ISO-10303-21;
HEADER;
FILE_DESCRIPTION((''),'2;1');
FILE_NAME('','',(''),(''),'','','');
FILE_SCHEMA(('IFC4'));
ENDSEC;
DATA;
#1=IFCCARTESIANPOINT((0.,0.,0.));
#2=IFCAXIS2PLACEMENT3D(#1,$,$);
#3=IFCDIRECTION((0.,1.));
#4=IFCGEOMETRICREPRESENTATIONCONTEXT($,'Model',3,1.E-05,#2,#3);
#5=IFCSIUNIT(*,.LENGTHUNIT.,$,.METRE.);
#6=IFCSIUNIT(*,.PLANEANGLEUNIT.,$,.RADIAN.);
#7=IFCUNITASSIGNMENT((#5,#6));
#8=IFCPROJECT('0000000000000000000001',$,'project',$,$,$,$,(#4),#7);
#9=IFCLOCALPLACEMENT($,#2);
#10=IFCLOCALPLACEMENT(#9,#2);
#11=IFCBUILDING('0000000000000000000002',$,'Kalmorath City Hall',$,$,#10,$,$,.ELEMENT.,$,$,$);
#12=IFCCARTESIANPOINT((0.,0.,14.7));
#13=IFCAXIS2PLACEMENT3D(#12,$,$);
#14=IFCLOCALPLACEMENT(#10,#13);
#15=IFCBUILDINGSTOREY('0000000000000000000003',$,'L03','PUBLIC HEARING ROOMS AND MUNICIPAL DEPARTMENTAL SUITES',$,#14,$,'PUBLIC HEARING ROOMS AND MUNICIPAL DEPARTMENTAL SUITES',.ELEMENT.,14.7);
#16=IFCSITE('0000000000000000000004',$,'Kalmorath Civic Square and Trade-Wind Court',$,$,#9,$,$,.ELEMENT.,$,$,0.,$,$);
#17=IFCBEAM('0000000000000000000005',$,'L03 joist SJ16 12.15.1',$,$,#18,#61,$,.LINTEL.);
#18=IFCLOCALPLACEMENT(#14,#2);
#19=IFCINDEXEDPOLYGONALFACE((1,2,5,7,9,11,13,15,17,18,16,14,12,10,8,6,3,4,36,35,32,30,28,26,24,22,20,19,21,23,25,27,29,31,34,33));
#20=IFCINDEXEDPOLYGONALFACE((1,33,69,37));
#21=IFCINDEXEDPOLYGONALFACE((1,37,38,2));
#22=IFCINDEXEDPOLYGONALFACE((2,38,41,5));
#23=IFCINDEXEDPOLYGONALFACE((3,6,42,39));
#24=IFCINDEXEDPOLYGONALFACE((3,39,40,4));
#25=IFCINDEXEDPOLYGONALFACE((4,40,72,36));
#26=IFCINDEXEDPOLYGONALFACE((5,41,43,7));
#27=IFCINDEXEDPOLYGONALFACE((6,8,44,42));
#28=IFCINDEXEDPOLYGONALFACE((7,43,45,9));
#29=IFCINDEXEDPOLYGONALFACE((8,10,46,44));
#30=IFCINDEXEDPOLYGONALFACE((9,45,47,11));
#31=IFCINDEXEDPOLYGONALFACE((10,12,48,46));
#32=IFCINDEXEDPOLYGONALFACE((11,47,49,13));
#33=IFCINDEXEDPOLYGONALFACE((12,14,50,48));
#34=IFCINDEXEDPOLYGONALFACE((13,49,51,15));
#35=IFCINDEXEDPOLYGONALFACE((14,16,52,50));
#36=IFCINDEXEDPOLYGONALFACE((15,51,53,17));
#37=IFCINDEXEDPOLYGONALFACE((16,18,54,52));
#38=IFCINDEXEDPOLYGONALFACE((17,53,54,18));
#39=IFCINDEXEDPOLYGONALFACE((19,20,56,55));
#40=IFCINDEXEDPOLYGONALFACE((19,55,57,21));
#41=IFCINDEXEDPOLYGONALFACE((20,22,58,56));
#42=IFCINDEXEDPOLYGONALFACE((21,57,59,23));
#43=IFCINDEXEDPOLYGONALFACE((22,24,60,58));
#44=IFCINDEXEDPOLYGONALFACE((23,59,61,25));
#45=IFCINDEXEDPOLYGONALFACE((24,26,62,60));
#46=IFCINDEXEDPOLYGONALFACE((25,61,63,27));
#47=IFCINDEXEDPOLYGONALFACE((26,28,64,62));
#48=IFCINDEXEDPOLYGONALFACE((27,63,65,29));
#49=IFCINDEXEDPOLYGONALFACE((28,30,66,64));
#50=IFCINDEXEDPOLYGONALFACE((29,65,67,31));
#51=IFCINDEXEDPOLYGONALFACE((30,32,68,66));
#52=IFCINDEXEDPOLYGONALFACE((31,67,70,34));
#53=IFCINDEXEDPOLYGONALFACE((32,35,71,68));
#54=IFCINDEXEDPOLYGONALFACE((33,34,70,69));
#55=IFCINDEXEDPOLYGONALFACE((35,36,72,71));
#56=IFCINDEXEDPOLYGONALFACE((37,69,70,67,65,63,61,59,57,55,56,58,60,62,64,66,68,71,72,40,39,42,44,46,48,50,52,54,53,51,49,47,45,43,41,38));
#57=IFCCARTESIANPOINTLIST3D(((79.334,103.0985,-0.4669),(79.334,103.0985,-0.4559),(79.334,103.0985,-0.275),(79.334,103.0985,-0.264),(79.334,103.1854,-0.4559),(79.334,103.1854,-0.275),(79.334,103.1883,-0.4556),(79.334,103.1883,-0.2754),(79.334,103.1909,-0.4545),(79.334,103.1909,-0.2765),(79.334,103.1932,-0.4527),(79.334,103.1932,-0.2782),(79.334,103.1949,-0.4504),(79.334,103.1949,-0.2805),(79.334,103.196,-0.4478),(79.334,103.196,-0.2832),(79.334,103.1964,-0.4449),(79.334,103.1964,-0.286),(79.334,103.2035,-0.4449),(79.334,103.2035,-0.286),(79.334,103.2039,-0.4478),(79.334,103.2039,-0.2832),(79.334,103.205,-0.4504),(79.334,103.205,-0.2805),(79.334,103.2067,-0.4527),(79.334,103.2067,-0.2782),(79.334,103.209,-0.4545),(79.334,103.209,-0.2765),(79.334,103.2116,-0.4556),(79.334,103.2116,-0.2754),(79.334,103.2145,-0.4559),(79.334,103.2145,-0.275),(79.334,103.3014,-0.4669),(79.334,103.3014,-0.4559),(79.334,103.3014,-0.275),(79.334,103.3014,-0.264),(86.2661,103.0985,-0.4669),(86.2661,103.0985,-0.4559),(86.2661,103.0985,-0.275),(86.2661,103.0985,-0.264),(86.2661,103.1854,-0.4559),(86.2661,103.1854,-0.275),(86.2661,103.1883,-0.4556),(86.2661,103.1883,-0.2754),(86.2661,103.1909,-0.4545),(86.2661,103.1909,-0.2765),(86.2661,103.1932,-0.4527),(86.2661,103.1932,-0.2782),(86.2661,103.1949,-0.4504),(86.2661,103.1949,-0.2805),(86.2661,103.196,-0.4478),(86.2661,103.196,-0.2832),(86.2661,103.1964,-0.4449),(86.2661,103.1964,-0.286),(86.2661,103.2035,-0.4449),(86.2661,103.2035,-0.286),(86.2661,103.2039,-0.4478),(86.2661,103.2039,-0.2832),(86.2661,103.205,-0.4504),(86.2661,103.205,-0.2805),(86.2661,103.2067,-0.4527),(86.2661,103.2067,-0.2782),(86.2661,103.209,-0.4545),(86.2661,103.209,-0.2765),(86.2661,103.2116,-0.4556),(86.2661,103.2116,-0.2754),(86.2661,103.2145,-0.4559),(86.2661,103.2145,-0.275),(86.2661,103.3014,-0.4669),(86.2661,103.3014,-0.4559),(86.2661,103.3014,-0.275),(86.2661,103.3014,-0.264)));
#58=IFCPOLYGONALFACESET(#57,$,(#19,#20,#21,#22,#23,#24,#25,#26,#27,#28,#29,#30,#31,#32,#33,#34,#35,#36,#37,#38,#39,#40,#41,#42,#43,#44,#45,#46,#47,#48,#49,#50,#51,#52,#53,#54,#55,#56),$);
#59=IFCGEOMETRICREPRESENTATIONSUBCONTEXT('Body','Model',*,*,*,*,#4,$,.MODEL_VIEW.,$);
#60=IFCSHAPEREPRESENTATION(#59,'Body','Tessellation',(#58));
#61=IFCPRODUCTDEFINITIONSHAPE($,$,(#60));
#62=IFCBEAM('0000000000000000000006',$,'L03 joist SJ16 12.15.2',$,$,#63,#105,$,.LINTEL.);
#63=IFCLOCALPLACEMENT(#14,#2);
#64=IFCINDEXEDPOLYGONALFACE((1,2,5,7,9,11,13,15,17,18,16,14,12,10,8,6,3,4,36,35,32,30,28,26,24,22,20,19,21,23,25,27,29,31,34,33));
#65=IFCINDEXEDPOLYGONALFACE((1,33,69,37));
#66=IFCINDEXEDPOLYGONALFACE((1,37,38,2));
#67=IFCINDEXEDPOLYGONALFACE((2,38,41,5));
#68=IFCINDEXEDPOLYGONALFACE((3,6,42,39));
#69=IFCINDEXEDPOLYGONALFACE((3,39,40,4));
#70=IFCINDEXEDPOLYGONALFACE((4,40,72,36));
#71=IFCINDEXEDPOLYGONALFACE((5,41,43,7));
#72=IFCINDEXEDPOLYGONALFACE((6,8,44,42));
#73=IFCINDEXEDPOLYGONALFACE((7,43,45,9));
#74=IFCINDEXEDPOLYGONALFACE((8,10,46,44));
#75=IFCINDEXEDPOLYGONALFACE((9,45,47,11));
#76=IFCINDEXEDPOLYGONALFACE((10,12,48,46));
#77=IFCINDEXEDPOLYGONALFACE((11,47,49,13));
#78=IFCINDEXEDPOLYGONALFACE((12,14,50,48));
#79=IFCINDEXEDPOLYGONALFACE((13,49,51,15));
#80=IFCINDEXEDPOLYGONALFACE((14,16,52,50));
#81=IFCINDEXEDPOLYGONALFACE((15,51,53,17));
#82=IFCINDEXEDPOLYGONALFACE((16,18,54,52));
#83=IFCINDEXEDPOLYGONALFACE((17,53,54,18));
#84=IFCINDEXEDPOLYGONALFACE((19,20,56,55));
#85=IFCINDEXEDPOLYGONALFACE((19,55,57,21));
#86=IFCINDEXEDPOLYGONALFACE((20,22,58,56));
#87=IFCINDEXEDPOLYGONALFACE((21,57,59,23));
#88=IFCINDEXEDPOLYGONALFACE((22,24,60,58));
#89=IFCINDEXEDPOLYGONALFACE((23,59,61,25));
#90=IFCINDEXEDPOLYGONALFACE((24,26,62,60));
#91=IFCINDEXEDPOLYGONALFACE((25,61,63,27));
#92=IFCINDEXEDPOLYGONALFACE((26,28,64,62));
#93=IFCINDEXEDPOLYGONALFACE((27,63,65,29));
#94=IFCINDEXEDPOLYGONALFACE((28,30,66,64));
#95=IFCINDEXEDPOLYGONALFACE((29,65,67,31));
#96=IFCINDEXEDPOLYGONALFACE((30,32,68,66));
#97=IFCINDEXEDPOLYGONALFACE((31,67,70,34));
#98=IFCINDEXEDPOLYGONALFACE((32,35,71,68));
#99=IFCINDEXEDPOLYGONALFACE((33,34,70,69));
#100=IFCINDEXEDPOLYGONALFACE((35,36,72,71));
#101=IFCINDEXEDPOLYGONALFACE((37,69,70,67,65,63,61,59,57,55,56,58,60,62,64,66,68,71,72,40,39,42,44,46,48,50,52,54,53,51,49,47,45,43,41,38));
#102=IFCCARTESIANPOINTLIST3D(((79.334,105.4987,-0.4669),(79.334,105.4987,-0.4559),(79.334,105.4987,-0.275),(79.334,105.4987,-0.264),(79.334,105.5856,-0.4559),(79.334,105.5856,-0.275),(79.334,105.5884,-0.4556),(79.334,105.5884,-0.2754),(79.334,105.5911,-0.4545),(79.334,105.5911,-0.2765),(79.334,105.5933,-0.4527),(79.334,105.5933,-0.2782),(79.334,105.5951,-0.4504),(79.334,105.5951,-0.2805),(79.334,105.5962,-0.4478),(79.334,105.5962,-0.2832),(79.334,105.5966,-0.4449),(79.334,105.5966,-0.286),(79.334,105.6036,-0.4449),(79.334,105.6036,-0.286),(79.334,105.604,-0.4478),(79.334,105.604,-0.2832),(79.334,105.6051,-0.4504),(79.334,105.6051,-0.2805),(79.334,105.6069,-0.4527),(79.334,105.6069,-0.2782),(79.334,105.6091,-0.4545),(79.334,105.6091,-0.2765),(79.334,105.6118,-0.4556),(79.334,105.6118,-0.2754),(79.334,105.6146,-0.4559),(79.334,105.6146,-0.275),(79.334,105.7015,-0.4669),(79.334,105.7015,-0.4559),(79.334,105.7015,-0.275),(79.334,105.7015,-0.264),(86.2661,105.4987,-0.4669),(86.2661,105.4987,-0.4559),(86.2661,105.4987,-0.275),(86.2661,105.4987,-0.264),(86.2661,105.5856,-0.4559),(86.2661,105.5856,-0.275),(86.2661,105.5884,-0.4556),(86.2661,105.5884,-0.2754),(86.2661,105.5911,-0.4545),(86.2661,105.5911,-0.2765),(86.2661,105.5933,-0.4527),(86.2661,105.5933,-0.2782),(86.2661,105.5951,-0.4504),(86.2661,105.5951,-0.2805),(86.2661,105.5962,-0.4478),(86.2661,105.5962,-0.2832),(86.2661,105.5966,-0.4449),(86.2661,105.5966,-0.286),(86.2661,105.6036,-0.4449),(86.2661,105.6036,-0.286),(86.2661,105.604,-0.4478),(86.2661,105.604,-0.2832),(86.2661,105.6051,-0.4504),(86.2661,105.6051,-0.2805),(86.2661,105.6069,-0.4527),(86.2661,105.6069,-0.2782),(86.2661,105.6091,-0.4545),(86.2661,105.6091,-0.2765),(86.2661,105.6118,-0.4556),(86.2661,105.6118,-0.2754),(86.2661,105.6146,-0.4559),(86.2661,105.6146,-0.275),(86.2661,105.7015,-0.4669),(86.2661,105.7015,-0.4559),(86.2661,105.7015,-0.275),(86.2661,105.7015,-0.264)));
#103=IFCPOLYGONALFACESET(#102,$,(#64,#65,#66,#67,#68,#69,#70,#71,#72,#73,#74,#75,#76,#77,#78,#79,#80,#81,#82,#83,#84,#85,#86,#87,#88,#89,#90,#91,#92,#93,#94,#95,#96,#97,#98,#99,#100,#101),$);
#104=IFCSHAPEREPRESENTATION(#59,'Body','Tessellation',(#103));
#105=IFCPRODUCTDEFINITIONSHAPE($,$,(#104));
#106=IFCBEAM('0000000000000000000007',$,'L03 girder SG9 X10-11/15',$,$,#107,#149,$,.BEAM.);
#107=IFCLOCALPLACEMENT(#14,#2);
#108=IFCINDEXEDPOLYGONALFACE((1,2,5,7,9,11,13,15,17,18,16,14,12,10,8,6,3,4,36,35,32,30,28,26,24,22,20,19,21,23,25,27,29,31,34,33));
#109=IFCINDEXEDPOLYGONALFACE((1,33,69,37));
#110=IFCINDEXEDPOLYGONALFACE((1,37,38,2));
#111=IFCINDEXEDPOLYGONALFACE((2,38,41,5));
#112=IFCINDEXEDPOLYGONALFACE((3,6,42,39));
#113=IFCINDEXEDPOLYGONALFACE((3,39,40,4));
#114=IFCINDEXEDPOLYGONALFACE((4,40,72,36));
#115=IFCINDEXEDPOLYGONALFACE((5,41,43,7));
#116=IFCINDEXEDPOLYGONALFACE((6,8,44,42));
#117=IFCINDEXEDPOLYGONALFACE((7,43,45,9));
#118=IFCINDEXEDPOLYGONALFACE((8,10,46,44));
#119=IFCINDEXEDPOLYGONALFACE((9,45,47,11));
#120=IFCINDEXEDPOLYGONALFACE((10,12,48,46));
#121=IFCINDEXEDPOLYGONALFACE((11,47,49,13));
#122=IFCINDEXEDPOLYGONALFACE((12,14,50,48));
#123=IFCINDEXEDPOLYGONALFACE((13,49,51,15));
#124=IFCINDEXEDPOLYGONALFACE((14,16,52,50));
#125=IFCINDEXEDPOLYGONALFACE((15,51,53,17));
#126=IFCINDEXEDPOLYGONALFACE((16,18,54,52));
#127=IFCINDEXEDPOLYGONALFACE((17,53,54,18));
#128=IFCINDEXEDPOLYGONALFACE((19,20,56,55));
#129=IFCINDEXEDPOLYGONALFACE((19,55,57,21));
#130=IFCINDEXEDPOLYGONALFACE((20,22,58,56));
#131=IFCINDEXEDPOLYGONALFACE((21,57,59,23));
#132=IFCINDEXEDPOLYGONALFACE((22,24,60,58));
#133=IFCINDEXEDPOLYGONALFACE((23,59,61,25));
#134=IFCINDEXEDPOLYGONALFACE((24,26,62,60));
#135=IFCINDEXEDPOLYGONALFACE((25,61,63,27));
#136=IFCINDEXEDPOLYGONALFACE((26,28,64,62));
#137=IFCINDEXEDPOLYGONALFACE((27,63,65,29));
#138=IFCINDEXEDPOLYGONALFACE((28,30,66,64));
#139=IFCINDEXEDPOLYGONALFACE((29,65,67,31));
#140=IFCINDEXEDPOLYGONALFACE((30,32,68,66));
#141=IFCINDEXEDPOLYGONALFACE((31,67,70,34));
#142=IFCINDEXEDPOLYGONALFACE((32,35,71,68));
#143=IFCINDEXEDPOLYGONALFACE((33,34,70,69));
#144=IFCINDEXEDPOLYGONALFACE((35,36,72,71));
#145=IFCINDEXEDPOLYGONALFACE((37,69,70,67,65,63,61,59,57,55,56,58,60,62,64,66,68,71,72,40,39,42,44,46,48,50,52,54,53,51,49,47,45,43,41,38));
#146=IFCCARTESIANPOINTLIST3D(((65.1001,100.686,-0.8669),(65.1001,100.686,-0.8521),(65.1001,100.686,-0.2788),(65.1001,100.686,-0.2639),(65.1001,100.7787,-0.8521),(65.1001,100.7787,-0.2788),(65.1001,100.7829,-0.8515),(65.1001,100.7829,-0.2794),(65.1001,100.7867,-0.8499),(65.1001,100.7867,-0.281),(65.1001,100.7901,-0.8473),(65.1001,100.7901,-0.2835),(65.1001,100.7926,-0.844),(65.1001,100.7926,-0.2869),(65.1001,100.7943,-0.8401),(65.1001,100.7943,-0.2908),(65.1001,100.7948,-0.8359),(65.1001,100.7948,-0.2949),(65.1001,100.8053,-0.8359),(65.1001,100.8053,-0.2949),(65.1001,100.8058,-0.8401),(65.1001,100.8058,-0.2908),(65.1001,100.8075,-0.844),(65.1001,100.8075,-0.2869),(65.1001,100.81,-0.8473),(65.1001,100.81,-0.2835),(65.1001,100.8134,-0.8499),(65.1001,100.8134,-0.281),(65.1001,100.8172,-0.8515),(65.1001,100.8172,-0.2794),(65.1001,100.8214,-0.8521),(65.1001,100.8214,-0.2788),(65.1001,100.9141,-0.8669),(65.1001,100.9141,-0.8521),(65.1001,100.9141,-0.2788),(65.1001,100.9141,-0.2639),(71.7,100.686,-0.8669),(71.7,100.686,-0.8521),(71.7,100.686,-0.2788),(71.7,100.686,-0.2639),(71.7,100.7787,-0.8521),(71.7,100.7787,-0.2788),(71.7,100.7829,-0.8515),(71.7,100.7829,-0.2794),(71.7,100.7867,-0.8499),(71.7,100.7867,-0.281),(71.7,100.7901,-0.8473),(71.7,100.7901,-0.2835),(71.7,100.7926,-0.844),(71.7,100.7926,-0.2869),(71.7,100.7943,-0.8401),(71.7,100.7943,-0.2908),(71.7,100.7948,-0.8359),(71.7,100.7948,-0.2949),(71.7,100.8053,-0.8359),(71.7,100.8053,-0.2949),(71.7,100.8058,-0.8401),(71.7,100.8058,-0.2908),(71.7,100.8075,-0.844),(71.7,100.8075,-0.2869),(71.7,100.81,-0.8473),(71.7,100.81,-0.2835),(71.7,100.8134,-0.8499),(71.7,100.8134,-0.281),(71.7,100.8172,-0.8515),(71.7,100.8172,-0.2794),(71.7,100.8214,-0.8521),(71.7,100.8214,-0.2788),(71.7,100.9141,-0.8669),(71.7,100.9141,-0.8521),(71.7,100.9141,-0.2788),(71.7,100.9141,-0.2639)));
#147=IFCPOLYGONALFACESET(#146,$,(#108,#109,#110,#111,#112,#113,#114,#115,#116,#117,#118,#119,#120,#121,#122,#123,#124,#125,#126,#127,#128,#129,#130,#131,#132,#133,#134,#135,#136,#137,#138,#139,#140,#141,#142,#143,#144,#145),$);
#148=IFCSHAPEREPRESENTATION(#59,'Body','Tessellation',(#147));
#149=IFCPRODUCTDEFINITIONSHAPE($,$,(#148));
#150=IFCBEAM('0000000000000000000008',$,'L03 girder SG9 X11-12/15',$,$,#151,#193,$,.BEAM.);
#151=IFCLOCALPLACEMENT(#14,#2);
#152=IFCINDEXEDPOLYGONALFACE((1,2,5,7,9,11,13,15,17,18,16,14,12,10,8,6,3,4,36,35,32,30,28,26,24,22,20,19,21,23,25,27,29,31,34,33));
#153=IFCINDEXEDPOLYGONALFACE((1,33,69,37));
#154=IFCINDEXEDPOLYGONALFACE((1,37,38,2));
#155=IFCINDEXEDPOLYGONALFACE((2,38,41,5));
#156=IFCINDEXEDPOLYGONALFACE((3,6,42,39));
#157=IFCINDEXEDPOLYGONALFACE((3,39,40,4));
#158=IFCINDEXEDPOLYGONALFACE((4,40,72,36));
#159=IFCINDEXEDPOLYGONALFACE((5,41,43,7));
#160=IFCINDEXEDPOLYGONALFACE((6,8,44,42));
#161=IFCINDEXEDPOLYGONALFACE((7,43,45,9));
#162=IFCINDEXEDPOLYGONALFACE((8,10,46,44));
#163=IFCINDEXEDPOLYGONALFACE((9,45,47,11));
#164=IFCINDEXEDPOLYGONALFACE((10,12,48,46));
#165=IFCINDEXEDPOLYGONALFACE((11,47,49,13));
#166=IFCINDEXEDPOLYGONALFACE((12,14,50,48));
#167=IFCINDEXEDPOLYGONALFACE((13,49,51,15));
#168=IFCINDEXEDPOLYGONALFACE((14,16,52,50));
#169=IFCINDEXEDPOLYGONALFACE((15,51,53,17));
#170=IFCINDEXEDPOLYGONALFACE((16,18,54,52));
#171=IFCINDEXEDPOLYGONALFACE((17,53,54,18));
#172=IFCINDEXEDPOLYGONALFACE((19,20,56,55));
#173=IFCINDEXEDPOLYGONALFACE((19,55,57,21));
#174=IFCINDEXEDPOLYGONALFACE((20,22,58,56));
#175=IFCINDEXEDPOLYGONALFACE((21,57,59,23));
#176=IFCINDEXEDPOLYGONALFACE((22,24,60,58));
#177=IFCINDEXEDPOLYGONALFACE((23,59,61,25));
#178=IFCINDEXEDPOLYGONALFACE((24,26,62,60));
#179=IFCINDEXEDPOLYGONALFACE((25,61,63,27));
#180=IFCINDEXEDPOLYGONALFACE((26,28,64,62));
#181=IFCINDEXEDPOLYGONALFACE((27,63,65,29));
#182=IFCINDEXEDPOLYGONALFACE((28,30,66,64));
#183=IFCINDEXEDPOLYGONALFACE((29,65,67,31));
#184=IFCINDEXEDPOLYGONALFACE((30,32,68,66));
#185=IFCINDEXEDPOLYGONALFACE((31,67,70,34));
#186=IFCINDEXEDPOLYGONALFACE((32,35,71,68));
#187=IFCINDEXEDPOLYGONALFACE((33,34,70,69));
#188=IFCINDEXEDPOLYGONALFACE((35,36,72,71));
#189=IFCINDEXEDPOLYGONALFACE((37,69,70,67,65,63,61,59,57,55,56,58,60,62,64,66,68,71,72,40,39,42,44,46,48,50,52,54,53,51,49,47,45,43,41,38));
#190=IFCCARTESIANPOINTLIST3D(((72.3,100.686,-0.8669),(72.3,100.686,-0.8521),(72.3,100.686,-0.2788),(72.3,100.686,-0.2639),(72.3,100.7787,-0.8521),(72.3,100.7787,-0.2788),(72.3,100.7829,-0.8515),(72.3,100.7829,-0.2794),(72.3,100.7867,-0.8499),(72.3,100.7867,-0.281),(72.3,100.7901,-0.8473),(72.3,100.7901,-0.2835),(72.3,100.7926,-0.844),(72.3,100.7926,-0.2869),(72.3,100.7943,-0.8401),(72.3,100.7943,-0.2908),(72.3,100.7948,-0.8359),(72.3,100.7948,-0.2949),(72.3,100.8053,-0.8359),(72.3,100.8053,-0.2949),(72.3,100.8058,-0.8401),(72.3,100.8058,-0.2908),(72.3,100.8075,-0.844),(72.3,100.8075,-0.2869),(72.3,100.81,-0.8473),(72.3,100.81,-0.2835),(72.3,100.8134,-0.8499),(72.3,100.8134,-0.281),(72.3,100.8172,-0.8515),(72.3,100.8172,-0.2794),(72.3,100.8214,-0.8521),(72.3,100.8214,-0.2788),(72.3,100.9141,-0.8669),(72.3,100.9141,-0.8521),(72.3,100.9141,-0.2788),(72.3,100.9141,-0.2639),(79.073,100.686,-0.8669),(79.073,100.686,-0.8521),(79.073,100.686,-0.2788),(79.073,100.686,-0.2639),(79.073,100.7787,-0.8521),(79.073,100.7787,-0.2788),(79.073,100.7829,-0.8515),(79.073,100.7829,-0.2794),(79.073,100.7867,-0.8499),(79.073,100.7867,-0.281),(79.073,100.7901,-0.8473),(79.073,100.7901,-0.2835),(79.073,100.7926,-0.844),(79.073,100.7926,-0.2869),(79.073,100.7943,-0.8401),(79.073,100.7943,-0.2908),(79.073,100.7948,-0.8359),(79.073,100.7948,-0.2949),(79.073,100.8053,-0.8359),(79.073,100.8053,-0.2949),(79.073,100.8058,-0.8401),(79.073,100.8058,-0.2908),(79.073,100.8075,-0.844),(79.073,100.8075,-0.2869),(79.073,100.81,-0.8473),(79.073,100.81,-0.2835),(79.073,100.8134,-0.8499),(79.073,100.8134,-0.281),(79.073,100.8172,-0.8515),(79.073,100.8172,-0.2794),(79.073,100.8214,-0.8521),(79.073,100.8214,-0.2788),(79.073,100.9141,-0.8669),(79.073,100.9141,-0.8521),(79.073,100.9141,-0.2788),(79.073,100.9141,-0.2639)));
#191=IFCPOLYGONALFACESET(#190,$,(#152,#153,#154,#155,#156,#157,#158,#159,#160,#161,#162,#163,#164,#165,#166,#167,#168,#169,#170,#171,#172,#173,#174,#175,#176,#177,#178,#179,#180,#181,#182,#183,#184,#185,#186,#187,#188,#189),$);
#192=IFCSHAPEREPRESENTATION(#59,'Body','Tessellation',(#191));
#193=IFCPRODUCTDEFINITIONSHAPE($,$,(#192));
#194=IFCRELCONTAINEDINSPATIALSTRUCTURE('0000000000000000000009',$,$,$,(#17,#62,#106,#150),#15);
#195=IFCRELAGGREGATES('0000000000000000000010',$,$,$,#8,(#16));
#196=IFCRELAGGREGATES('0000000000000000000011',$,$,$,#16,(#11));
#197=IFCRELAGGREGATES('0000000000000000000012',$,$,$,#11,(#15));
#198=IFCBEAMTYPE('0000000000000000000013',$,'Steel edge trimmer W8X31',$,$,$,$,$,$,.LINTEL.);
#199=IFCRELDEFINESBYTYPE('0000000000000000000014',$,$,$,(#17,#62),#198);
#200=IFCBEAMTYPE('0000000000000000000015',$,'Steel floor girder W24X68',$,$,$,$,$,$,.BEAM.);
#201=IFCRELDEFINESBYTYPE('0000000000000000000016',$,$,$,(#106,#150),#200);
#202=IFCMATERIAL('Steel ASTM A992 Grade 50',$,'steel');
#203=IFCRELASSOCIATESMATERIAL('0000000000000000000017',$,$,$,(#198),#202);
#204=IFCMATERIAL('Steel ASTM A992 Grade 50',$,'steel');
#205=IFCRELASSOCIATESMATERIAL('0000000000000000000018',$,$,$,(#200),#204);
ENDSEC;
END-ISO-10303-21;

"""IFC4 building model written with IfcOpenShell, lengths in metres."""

from ifc_helpers import new_model, si_unit, direction, frame, origin, origin_2d, place, context, subcontext, project, spatial, i_section, extrude, material, material_profile, profile_set, type_object, element, save


model = new_model("IFC4")

# Units and contexts
model_context = context("Model", 3, precision=1e-05, world=origin(), true_north=direction((0.0, 1.0)))
body_context = subcontext(model_context, "Body", "Model", "MODEL_VIEW")
ifc_project = project(units=[si_unit("LENGTHUNIT", "METRE"), si_unit("PLANEANGLEUNIT", "RADIAN")], contexts=[model_context])

# Site, building, storey
site_placement = place(None, origin())
site = spatial("IfcSite", under=ifc_project, at=site_placement, Name="Kalmorath Civic Square and Trade-Wind Court", CompositionType="ELEMENT", RefElevation=0.0)
building_placement = place(site_placement, origin())
building = spatial("IfcBuilding", under=site, at=building_placement, Name="Kalmorath City Hall", CompositionType="ELEMENT")
storey_placement = place(building_placement, frame((0.0, 0.0, 14.7)))
storey = spatial("IfcBuildingStorey", under=building, at=storey_placement, Name="L03", Description="PUBLIC HEARING ROOMS AND MUNICIPAL DEPARTMENTAL SUITES", LongName="PUBLIC HEARING ROOMS AND MUNICIPAL DEPARTMENTAL SUITES", CompositionType="ELEMENT", Elevation=14.7)

# Beams
ifc_material_1 = material(Name="Steel ASTM A992 Grade 50", Category="steel")
ifc_material_profile_1 = material_profile(ifc_material_1, i_section(OverallWidth=0.2029, OverallDepth=0.2029, WebThickness=0.0071, FlangeThickness=0.011, FilletRadius=0.011, at=origin_2d()), Name="W8X31")
ifc_profile_set_1 = profile_set([ifc_material_profile_1], Name="Steel ASTM A992 Grade 50")
beam_type_1 = type_object("IfcBeamType", Name="Steel edge trimmer W8X31", PredefinedType="LINTEL", material=ifc_profile_set_1)
for number, where, z_axis, x_axis, name in (
    (1, (79.334, 103.2, -0.3655), (1.0, 0.0, 0.0), (0.0, 1.0, 0.0), "L03 joist SJ16 12.15.1"),
    (2, (79.334, 105.6001, -0.3655), (1.0, 0.0, 0.0), (0.0, 1.0, 0.0), "L03 joist SJ16 12.15.2"),
):
    element("IfcBeam", number, at=place(storey_placement, frame(where, z_axis=z_axis, x_axis=x_axis)), inside=storey, type_object=beam_type_1, Name=name, PredefinedType="LINTEL", context=body_context, shape_type="SweptSolid", body=[
        extrude(i_section(OverallWidth=0.2029, OverallDepth=0.2029, WebThickness=0.0071, FlangeThickness=0.011, FilletRadius=0.011, at=origin_2d()), origin(), (0.0, 0.0, 1.0), 6.9321),
    ])
ifc_material_2 = material(Name="Steel ASTM A992 Grade 50", Category="steel")
ifc_material_profile_2 = material_profile(ifc_material_2, i_section(OverallWidth=0.228, OverallDepth=0.603, WebThickness=0.0105, FlangeThickness=0.0149, FilletRadius=0.0161, at=origin_2d()), Name="W24X68")
ifc_profile_set_2 = profile_set([ifc_material_profile_2], Name="Steel ASTM A992 Grade 50")
beam_type_2 = type_object("IfcBeamType", Name="Steel floor girder W24X68", PredefinedType="BEAM", material=ifc_profile_set_2)
beam_1_placement = place(storey_placement, frame((65.1001, 100.8, -0.5654), z_axis=(1.0, 0.0, 0.0), x_axis=(0.0, 1.0, 0.0)))
element("IfcBeam", 3, at=beam_1_placement, inside=storey, type_object=beam_type_2, Name="L03 girder SG9 X10-11/15", PredefinedType="BEAM", context=body_context, shape_type="SweptSolid", body=[
    extrude(i_section(OverallWidth=0.228, OverallDepth=0.603, WebThickness=0.0105, FlangeThickness=0.0149, FilletRadius=0.0161, at=origin_2d()), origin(), (0.0, 0.0, 1.0), 6.5999),
])
beam_2_placement = place(storey_placement, frame((72.3, 100.8, -0.5654), z_axis=(1.0, 0.0, 0.0), x_axis=(0.0, 1.0, 0.0)))
element("IfcBeam", 4, at=beam_2_placement, inside=storey, type_object=beam_type_2, Name="L03 girder SG9 X11-12/15", PredefinedType="BEAM", context=body_context, shape_type="SweptSolid", body=[
    extrude(i_section(OverallWidth=0.228, OverallDepth=0.603, WebThickness=0.0105, FlangeThickness=0.0149, FilletRadius=0.0161, at=origin_2d()), origin(), (0.0, 0.0, 1.0), 6.7729),
])

save(model, "model.ifc")
